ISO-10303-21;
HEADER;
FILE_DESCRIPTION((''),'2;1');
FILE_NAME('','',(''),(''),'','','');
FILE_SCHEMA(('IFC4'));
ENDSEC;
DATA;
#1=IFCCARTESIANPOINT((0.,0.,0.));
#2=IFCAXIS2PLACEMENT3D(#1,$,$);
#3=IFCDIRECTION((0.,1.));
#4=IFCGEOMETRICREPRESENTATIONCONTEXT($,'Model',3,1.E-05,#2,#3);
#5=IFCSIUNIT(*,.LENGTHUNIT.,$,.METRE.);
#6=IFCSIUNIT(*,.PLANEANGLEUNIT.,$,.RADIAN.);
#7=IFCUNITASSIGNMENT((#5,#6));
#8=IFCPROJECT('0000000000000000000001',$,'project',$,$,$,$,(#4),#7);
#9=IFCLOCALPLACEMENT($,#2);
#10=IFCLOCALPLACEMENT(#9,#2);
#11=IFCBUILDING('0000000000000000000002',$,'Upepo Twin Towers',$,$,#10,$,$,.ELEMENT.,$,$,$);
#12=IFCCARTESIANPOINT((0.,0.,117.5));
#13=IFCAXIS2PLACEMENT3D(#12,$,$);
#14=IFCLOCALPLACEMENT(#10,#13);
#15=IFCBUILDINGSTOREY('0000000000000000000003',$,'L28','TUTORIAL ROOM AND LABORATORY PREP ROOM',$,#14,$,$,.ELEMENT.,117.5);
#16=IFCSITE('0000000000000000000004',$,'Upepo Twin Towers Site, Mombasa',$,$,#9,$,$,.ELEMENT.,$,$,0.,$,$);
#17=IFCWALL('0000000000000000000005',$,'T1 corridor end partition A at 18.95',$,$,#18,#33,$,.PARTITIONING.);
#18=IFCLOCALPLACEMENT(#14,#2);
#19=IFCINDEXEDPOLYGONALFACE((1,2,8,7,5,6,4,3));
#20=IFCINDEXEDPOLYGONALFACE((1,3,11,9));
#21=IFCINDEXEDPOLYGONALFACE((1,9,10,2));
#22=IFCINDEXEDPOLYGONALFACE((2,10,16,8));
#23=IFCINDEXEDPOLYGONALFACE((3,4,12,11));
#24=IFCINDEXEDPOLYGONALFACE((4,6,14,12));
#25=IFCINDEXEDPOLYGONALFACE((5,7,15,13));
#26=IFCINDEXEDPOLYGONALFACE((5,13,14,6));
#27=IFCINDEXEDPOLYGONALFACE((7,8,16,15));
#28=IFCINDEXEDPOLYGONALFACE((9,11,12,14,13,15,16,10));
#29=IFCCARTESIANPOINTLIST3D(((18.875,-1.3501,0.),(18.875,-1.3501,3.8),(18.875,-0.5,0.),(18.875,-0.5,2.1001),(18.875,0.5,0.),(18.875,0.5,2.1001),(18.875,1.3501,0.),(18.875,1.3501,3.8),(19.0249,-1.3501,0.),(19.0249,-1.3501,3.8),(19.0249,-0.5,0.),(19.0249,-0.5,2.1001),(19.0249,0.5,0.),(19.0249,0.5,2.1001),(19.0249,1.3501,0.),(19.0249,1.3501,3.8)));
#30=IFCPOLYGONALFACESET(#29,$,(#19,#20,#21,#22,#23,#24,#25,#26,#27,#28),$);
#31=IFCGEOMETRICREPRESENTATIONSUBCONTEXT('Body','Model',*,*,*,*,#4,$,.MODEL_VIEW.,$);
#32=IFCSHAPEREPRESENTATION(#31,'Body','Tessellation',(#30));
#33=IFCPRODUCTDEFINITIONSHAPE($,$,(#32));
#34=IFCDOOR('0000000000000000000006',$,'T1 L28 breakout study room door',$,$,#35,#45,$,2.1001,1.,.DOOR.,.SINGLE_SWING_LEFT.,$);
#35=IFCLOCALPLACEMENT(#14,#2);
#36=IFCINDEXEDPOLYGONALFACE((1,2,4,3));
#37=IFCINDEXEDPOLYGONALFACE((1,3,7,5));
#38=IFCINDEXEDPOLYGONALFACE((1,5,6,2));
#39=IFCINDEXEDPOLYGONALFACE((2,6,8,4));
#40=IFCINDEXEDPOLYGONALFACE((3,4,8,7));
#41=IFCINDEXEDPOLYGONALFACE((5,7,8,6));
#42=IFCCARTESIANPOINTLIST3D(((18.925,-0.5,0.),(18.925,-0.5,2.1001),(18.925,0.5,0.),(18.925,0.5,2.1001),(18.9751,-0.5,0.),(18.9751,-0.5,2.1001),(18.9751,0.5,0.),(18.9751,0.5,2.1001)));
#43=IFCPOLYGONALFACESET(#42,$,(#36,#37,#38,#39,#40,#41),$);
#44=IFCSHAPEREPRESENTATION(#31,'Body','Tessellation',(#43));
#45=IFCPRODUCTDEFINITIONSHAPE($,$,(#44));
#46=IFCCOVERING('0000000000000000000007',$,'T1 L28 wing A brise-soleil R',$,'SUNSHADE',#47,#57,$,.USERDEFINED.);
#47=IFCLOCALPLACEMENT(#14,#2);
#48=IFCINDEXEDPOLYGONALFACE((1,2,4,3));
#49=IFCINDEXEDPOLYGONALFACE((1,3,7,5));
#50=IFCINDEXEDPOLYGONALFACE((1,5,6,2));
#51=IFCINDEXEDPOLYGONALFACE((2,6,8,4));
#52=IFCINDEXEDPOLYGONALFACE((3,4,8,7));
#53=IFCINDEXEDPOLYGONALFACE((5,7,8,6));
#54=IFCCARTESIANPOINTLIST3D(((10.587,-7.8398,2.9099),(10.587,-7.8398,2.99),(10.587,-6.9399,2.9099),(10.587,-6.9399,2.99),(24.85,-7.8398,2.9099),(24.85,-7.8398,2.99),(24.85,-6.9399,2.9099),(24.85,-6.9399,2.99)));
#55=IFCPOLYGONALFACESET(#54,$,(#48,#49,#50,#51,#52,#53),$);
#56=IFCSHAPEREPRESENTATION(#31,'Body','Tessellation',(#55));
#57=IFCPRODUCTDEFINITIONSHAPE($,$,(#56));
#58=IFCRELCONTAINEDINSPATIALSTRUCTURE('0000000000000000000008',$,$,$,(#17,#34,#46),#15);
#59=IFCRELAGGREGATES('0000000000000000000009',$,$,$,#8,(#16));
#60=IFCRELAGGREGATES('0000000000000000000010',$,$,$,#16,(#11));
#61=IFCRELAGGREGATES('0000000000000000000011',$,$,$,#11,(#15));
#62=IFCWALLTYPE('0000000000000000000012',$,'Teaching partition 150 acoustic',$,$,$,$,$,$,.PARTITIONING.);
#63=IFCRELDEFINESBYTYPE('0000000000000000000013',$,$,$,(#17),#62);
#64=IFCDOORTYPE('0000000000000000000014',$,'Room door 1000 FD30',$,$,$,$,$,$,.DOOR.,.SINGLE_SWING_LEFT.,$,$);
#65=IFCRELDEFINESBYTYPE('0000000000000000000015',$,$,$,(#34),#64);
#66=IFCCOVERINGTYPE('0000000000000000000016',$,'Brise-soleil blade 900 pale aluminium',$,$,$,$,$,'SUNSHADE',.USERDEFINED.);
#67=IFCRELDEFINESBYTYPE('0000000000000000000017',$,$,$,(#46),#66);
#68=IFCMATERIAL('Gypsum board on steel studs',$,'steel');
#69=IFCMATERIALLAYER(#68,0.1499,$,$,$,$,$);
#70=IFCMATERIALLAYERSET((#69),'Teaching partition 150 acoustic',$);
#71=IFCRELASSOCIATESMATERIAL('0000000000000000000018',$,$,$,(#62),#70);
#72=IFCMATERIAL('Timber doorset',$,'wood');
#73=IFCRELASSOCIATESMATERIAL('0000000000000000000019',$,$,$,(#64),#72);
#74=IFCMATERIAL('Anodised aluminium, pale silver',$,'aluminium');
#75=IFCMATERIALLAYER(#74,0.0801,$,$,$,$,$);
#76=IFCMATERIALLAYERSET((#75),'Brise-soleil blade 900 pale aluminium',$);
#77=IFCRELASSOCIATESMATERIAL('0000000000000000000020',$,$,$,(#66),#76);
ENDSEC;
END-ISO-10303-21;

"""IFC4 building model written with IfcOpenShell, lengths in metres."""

from ifc_helpers import new_model, si_unit, direction, frame, frame_2d, origin, origin_2d, place, context, subcontext, project, spatial, rectangle, extrude, material, layer, layer_set, type_object, element, fill, save


model = new_model("IFC4")

# Units and contexts
model_context = context("Model", 3, precision=1e-05, world=origin(), true_north=direction((0.0, 1.0)))
body_context = subcontext(model_context, "Body", "Model", "MODEL_VIEW")
ifc_project = project(units=[si_unit("LENGTHUNIT", "METRE"), si_unit("PLANEANGLEUNIT", "RADIAN")], contexts=[model_context])

# Site, building, storey
site_placement = place(None, origin())
site = spatial("IfcSite", under=ifc_project, at=site_placement, Name="Upepo Twin Towers Site, Mombasa", CompositionType="ELEMENT", RefElevation=0.0)
building_placement = place(site_placement, origin())
building = spatial("IfcBuilding", under=site, at=building_placement, Name="Upepo Twin Towers", CompositionType="ELEMENT")
storey_placement = place(building_placement, frame((0.0, 0.0, 117.5)))
storey = spatial("IfcBuildingStorey", under=building, at=storey_placement, Name="L28", Description="TUTORIAL ROOM AND LABORATORY PREP ROOM", CompositionType="ELEMENT", Elevation=117.5)

# Wall, opening, door
ifc_material_1 = material(Name="Gypsum board on steel studs", Category="steel")
ifc_layer_1 = layer(ifc_material_1, 0.1499)
ifc_layer_set_1 = layer_set([ifc_layer_1], Name="Teaching partition 150 acoustic")
wall_type_1 = type_object("IfcWallType", Name="Teaching partition 150 acoustic", PredefinedType="PARTITIONING", material=ifc_layer_set_1)
wall_1_placement = place(storey_placement, frame((18.95, -1.3501, 0.0), z_axis=(0.0, 0.0, 1.0), x_axis=(0.0, 1.0, 0.0)))
wall_1 = element("IfcWall", 1, at=wall_1_placement, inside=storey, type_object=wall_type_1, Name="T1 corridor end partition A at 18.95", PredefinedType="PARTITIONING", context=body_context, shape_type="SweptSolid", body=[
    extrude(rectangle(XDim=2.7002, YDim=0.1499, at=frame_2d((1.3501, 0.0))), origin(), (0.0, 0.0, 1.0), 3.8),
])
opening_1_placement = place(wall_1_placement, frame((0.8501, 0.0, 0.0)))
opening_1 = element("IfcOpeningElement", 2, at=opening_1_placement, cuts=wall_1, PredefinedType="OPENING", context=body_context, shape_type="SweptSolid", body=[
    extrude(rectangle(XDim=1.0, YDim=2.1001, at=frame_2d((0.5, 1.05))), frame((0.0, 0.085, 0.0), z_axis=(0.0, -1.0, 0.0), x_axis=(1.0, 0.0, 0.0)), (0.0, 0.0, 1.0), 0.1699),
])
ifc_material_2 = material(Name="Timber doorset", Category="wood")
door_type_1 = type_object("IfcDoorType", Name="Room door 1000 FD30", OperationType="SINGLE_SWING_LEFT", PredefinedType="DOOR", material=ifc_material_2)
door_1_placement = place(opening_1_placement, origin())
door_1 = element("IfcDoor", 3, at=door_1_placement, inside=storey, type_object=door_type_1, Name="T1 L28 breakout study room door", OperationType="SINGLE_SWING_LEFT", OverallHeight=2.1001, OverallWidth=1.0, PredefinedType="DOOR", context=body_context, shape_type="SweptSolid", body=[
    extrude(rectangle(XDim=1.0, YDim=2.1001, at=frame_2d((0.5, 1.05))), frame((0.0, 0.0249, 0.0), z_axis=(0.0, -1.0, 0.0), x_axis=(1.0, 0.0, 0.0)), (0.0, 0.0, 1.0), 0.05),
])
fill(opening_1, door_1)

# Covering
ifc_material_3 = material(Name="Anodised aluminium, pale silver", Category="aluminium")
ifc_layer_2 = layer(ifc_material_3, 0.0801)
ifc_layer_set_2 = layer_set([ifc_layer_2], Name="Brise-soleil blade 900 pale aluminium")
covering_type = type_object("IfcCoveringType", Name="Brise-soleil blade 900 pale aluminium", ElementType="SUNSHADE", PredefinedType="USERDEFINED", material=ifc_layer_set_2)
covering_placement = place(storey_placement, frame((17.7185, -7.3899, 2.9099), z_axis=(0.0, 0.0, 1.0), x_axis=(1.0, 0.0, 0.0)))
element("IfcCovering", 4, at=covering_placement, inside=storey, type_object=covering_type, Name="T1 L28 wing A brise-soleil R", ObjectType="SUNSHADE", PredefinedType="USERDEFINED", context=body_context, shape_type="SweptSolid", body=[
    extrude(rectangle(XDim=14.2629, YDim=0.8999, at=origin_2d()), origin(), (0.0, 0.0, 1.0), 0.0801),
])

save(model, "model.ifc")
